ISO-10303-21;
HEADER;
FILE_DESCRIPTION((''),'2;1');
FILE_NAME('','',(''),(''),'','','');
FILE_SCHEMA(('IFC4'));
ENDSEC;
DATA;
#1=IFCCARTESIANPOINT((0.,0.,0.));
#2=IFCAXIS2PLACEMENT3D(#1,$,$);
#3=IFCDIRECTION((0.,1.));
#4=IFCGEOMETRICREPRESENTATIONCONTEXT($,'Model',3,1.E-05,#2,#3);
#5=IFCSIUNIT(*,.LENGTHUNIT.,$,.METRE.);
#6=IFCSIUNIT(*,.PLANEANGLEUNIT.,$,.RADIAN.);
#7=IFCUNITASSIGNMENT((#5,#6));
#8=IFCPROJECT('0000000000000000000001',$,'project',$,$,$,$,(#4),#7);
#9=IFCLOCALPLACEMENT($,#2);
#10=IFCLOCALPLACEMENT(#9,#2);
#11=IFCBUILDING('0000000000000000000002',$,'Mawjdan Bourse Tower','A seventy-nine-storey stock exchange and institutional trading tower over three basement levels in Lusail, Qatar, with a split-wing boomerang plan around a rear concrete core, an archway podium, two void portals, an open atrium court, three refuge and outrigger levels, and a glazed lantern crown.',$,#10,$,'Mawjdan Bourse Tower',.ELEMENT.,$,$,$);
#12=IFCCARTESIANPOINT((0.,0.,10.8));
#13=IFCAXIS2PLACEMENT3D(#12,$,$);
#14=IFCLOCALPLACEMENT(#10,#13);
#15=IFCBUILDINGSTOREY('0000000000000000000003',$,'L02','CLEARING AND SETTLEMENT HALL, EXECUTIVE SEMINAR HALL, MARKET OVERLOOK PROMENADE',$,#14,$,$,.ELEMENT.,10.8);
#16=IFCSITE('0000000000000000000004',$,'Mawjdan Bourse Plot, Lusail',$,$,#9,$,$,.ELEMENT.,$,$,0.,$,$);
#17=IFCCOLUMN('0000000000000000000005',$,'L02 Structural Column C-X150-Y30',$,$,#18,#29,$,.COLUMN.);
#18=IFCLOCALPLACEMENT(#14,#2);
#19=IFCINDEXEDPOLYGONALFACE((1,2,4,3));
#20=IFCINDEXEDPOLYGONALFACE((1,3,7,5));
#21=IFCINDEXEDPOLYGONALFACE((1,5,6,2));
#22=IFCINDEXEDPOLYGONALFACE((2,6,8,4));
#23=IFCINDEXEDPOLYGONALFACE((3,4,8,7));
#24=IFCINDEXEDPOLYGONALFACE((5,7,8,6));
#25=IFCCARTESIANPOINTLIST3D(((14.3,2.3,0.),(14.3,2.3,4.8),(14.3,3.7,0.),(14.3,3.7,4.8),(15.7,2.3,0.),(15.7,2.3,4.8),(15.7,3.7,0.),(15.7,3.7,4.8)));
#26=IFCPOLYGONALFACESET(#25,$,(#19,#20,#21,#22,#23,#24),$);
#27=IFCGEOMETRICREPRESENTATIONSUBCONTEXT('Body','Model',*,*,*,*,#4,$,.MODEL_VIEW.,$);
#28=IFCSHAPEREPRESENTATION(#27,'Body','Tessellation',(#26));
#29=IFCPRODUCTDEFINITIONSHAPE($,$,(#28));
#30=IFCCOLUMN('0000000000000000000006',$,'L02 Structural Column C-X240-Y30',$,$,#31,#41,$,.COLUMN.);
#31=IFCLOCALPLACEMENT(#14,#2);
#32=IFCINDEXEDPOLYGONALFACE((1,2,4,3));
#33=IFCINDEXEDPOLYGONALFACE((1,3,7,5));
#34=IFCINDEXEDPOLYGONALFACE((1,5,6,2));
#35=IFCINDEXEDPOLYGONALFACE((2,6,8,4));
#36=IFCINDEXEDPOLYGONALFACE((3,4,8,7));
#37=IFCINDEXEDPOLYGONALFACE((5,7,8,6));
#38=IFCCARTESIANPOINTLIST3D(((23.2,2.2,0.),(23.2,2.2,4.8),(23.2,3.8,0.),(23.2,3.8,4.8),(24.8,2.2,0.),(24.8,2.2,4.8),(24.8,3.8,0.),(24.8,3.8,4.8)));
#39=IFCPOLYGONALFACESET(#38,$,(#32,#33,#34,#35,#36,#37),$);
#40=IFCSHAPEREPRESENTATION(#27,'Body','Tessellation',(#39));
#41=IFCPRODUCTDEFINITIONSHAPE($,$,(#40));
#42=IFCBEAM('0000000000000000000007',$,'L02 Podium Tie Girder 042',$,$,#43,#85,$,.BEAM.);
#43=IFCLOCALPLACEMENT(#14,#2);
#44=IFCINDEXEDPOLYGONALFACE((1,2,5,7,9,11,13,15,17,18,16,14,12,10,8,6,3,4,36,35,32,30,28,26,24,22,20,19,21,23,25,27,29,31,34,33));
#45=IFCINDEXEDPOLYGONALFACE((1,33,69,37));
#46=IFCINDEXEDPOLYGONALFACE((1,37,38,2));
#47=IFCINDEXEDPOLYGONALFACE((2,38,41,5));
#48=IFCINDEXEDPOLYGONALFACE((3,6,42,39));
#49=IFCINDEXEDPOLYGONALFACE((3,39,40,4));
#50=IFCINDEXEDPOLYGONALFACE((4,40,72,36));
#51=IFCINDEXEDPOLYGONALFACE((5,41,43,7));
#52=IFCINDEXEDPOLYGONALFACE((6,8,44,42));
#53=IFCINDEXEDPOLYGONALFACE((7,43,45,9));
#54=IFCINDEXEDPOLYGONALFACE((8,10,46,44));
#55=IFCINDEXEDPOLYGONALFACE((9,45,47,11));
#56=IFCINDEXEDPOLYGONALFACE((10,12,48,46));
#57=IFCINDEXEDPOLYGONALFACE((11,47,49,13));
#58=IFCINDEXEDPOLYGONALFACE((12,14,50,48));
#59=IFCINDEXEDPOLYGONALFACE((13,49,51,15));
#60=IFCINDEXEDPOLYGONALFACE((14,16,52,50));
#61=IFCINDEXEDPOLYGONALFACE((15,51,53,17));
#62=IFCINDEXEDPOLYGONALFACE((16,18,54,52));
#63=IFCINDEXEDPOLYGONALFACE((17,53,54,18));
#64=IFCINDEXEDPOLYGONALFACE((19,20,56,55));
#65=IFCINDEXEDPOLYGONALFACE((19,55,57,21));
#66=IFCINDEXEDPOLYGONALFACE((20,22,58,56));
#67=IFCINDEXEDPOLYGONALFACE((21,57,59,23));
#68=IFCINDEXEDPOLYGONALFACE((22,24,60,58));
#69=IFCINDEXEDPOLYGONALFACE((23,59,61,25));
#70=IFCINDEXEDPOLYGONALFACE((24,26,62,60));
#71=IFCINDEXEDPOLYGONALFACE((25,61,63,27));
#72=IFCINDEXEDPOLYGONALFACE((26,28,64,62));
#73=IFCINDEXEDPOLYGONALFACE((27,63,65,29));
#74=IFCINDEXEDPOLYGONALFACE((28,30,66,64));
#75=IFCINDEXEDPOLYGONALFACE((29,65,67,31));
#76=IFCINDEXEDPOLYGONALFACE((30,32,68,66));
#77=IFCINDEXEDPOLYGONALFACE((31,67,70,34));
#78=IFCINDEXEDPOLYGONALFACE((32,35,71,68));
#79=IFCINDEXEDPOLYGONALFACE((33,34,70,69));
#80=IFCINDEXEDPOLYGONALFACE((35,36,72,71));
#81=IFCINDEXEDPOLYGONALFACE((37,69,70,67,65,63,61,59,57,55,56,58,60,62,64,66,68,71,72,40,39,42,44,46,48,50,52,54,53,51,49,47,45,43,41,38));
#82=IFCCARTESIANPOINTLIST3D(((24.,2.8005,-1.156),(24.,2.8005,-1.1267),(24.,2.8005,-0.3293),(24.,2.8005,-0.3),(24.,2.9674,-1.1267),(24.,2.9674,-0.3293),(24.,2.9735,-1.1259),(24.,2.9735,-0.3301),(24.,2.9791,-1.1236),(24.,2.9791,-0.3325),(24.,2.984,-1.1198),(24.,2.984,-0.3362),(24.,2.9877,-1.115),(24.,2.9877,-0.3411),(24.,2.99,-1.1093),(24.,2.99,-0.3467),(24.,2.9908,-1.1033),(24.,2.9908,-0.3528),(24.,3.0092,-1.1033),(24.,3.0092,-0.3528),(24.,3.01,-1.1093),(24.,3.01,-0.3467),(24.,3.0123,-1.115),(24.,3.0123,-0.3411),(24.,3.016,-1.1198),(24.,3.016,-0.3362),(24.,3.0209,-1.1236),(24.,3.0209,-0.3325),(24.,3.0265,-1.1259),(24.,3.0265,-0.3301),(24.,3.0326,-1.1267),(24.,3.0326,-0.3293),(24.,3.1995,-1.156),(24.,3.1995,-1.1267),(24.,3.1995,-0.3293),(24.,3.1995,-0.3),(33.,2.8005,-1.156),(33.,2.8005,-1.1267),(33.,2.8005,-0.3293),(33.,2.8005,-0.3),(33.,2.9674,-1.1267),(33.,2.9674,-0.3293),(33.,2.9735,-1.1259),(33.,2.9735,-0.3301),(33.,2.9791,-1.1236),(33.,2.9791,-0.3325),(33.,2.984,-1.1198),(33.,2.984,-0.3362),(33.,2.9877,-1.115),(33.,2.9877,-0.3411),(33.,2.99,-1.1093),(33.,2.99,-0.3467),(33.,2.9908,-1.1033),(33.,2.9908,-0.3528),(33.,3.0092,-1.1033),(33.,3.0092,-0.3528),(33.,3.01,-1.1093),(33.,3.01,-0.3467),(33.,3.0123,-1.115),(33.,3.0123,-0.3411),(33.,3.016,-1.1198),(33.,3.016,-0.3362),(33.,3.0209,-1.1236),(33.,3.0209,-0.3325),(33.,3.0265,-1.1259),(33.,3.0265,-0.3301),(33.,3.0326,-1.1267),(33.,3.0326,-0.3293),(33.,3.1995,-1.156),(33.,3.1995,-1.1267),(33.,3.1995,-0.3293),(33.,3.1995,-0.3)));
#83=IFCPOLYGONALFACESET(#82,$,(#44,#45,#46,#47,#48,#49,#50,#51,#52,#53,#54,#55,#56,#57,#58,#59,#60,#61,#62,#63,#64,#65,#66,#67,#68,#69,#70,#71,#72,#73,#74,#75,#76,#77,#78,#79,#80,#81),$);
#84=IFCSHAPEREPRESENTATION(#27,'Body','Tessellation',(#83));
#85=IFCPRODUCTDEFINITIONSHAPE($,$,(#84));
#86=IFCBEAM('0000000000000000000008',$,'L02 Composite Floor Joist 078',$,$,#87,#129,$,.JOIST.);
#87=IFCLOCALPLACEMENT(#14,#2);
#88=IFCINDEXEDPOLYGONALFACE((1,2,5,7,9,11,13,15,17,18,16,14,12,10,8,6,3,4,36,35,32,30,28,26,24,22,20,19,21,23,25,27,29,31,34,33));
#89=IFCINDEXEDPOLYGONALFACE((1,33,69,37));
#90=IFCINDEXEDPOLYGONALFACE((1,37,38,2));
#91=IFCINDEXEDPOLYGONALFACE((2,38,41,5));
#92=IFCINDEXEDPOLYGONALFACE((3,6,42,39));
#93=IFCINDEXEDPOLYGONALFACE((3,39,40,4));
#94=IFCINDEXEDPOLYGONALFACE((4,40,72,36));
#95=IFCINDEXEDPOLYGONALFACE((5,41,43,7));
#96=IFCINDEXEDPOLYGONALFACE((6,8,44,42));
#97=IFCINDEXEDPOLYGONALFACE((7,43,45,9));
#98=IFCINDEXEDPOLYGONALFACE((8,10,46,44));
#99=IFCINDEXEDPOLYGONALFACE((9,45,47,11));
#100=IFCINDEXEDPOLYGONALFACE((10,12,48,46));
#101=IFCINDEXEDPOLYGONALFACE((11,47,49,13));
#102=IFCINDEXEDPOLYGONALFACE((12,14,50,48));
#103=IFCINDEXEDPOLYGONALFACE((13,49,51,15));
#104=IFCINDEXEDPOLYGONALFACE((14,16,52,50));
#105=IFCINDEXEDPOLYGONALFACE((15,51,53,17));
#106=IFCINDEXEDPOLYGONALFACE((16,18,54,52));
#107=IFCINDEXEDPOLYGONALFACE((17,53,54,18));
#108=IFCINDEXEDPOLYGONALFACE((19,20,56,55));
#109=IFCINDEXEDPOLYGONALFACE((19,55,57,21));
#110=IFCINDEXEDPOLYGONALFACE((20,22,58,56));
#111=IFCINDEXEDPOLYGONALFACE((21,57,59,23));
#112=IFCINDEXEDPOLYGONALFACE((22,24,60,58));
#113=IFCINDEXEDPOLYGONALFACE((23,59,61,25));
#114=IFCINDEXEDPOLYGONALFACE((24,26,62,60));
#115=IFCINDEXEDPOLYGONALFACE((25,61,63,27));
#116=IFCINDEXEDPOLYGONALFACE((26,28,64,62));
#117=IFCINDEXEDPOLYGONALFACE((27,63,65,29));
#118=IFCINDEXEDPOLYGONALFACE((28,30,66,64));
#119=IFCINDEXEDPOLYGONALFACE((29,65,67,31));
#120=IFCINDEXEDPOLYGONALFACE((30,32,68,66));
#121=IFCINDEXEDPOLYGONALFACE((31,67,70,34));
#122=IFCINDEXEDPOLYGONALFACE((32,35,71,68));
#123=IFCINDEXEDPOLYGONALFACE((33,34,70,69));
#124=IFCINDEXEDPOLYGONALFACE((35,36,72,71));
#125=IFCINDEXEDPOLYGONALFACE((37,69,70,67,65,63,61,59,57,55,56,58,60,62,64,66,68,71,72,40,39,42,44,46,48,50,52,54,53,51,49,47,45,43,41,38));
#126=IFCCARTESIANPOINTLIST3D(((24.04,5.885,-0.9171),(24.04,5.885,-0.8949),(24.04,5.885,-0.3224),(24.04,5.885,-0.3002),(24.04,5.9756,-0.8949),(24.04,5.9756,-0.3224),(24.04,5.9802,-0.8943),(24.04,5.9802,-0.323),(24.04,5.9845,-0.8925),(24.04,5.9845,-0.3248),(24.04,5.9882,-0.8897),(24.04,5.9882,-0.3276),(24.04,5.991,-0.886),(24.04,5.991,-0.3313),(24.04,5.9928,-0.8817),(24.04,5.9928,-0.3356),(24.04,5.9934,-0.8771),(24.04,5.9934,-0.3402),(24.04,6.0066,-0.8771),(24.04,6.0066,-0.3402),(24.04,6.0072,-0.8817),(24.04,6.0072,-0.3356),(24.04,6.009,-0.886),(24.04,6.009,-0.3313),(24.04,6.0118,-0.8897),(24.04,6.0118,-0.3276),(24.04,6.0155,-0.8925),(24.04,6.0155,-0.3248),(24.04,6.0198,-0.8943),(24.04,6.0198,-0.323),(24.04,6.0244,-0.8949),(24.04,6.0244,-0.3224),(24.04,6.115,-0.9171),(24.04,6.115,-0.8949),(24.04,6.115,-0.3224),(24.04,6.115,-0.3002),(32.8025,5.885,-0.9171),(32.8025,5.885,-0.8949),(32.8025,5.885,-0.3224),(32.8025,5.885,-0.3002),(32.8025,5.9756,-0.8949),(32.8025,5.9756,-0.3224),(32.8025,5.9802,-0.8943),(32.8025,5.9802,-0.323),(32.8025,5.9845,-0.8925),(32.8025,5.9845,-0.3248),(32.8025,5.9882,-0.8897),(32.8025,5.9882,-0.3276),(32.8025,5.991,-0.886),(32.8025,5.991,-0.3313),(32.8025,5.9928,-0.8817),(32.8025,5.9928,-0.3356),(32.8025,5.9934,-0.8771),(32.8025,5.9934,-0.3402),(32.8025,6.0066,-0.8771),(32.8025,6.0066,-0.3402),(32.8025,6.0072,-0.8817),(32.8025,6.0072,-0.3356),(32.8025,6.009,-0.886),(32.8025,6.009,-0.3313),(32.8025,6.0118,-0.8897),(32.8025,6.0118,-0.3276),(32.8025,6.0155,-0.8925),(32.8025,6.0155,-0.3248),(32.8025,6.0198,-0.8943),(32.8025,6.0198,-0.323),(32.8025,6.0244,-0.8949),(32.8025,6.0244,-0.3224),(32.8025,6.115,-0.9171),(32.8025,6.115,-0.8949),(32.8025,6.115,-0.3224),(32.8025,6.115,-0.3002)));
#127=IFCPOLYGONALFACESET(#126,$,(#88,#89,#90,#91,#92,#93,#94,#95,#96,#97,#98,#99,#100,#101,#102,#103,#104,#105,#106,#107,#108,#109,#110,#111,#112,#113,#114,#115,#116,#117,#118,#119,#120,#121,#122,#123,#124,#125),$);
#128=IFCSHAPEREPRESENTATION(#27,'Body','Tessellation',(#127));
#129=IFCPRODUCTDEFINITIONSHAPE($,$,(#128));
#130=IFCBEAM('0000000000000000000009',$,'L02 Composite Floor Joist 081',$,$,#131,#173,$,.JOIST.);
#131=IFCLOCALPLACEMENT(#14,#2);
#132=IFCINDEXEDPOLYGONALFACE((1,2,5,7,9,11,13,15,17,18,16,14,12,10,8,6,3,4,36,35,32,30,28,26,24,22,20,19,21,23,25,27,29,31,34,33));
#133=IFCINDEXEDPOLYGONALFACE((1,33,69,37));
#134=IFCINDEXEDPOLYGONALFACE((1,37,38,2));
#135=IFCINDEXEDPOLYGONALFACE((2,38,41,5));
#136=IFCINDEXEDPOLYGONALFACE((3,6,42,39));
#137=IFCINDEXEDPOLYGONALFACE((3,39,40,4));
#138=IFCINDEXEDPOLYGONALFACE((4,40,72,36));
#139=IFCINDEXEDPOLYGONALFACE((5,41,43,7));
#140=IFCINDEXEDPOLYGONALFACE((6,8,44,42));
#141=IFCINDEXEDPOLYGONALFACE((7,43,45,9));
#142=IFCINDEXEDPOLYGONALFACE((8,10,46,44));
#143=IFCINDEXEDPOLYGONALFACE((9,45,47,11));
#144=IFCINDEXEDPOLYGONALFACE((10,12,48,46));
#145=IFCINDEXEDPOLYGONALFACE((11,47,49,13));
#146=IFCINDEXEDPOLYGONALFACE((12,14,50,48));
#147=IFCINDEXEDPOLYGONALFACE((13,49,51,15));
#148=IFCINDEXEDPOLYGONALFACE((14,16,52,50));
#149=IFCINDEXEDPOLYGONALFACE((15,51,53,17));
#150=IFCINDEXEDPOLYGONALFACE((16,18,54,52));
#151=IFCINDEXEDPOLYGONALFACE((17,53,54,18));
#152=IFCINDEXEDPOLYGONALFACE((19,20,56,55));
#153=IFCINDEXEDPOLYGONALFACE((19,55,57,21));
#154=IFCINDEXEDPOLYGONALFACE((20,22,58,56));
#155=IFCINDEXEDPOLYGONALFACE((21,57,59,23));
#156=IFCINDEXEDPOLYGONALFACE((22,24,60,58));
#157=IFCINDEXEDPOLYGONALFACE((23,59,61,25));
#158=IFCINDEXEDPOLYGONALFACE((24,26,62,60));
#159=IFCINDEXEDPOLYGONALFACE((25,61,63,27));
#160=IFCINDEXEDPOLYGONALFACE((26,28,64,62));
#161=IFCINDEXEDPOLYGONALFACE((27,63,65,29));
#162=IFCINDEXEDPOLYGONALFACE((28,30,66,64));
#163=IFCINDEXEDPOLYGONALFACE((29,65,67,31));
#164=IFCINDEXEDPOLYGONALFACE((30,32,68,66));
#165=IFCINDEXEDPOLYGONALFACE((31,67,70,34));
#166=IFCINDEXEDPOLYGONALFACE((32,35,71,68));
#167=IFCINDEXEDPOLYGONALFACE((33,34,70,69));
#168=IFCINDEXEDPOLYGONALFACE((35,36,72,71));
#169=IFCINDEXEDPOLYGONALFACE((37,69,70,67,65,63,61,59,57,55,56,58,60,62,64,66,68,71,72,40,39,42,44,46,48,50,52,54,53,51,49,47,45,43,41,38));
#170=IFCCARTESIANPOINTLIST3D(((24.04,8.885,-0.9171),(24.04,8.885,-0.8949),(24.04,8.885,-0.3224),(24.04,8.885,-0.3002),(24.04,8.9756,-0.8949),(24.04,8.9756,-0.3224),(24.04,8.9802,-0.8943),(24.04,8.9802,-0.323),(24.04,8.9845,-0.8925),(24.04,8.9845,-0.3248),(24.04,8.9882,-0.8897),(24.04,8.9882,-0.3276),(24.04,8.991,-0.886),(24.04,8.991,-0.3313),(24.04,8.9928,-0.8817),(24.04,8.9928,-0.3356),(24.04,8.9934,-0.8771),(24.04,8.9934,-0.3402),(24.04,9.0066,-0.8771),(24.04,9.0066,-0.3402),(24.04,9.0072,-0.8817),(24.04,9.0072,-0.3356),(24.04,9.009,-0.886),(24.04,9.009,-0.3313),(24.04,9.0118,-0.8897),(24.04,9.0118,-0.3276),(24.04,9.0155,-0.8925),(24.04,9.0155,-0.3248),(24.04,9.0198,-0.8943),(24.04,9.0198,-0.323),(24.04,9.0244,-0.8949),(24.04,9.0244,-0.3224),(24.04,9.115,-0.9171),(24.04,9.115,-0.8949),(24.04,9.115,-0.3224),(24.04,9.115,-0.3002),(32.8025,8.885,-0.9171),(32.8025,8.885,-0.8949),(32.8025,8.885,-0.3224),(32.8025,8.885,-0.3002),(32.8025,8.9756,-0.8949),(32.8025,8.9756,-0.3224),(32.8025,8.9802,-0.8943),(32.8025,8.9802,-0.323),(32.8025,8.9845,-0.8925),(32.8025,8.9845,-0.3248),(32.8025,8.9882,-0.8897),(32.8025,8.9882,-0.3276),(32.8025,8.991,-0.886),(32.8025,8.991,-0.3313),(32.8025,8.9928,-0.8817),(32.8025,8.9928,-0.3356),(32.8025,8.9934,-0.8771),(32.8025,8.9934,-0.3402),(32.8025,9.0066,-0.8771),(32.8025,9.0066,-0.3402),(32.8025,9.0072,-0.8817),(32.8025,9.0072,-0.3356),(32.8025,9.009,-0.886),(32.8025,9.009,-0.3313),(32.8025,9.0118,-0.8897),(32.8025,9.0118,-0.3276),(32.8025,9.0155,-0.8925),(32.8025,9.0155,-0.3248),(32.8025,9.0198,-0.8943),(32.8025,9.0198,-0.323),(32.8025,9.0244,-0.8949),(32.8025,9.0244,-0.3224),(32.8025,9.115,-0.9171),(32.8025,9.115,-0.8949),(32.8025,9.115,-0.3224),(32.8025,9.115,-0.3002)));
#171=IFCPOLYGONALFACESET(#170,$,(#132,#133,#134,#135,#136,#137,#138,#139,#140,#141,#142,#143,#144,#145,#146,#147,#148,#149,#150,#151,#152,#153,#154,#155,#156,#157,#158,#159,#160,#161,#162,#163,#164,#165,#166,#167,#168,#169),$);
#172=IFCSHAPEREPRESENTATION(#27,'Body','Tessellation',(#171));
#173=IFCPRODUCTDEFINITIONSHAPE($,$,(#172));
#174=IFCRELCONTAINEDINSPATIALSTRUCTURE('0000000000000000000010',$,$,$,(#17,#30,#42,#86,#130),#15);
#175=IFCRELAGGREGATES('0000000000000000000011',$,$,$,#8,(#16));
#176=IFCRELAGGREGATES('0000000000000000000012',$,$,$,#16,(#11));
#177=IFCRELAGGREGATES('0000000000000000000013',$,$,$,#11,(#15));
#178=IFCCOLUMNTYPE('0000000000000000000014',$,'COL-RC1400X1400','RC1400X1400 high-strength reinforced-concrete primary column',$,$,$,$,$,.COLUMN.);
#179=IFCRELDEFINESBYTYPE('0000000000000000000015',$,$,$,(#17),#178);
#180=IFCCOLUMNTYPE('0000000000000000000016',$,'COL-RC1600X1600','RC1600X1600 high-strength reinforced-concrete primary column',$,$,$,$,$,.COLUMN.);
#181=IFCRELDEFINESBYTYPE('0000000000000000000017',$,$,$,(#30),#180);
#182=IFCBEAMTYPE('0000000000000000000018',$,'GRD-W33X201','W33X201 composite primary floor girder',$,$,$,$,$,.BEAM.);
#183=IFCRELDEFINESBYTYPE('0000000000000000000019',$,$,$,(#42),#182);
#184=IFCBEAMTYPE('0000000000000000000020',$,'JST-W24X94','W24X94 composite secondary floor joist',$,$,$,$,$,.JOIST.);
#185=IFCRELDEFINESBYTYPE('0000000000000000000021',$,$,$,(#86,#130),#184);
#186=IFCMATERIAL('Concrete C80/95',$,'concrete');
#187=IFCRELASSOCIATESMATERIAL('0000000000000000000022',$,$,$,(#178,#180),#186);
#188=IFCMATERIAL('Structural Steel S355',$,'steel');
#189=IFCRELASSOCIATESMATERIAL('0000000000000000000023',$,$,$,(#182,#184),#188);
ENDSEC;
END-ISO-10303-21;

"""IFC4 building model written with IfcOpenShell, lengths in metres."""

from ifc_helpers import new_model, si_unit, direction, frame, origin, origin_2d, place, context, subcontext, project, spatial, rectangle, i_section, extrude, material, material_profile, profile_set, type_object, element, save


model = new_model("IFC4")

# Units and contexts
model_context = context("Model", 3, precision=1e-05, world=origin(), true_north=direction((0.0, 1.0)))
body_context = subcontext(model_context, "Body", "Model", "MODEL_VIEW")
ifc_project = project(units=[si_unit("LENGTHUNIT", "METRE"), si_unit("PLANEANGLEUNIT", "RADIAN")], contexts=[model_context])

# Site, building, storey
site_placement = place(None, origin())
site = spatial("IfcSite", under=ifc_project, at=site_placement, Name="Mawjdan Bourse Plot, Lusail", CompositionType="ELEMENT", RefElevation=0.0)
building_placement = place(site_placement, origin())
building = spatial("IfcBuilding", under=site, at=building_placement, Name="Mawjdan Bourse Tower", Description="A seventy-nine-storey stock exchange and institutional trading tower over three basement levels in Lusail, Qatar, with a split-wing boomerang plan around a rear concrete core, an archway podium, two void portals, an open atrium court, three refuge and outrigger levels, and a glazed lantern crown.", LongName="Mawjdan Bourse Tower", CompositionType="ELEMENT")
storey_placement = place(building_placement, frame((0.0, 0.0, 10.8)))
storey = spatial("IfcBuildingStorey", under=building, at=storey_placement, Name="L02", Description="CLEARING AND SETTLEMENT HALL, EXECUTIVE SEMINAR HALL, MARKET OVERLOOK PROMENADE", CompositionType="ELEMENT", Elevation=10.8)

# Columns
ifc_material_1 = material(Name="Concrete C80/95", Category="concrete")
ifc_material_profile_1 = material_profile(ifc_material_1, rectangle(XDim=1.3999, YDim=1.3999, at=origin_2d()), Name="RC1400X1400")
ifc_profile_set_1 = profile_set([ifc_material_profile_1], Name="Concrete C80/95")
column_type_1 = type_object("IfcColumnType", Name="COL-RC1400X1400", Description="RC1400X1400 high-strength reinforced-concrete primary column", PredefinedType="COLUMN", material=ifc_profile_set_1)
column_1_placement = place(storey_placement, frame((15.0, 3.0, 0.0), z_axis=(0.0, 0.0, 1.0), x_axis=(1.0, 0.0, 0.0)))
element("IfcColumn", 1, at=column_1_placement, inside=storey, type_object=column_type_1, Name="L02 Structural Column C-X150-Y30", PredefinedType="COLUMN", context=body_context, shape_type="SweptSolid", body=[
    extrude(rectangle(XDim=1.3999, YDim=1.3999, at=origin_2d()), origin(), (0.0, 0.0, 1.0), 4.8),
])
ifc_material_profile_2 = material_profile(ifc_material_1, rectangle(XDim=1.6001, YDim=1.6001, at=origin_2d()), Name="RC1600X1600")
ifc_profile_set_2 = profile_set([ifc_material_profile_2], Name="Concrete C80/95")
column_type_2 = type_object("IfcColumnType", Name="COL-RC1600X1600", Description="RC1600X1600 high-strength reinforced-concrete primary column", PredefinedType="COLUMN", material=ifc_profile_set_2)
column_2_placement = place(storey_placement, frame((24.0, 3.0, 0.0), z_axis=(0.0, 0.0, 1.0), x_axis=(1.0, 0.0, 0.0)))
element("IfcColumn", 2, at=column_2_placement, inside=storey, type_object=column_type_2, Name="L02 Structural Column C-X240-Y30", PredefinedType="COLUMN", context=body_context, shape_type="SweptSolid", body=[
    extrude(rectangle(XDim=1.6001, YDim=1.6001, at=origin_2d()), origin(), (0.0, 0.0, 1.0), 4.8),
])

# Beams
ifc_material_2 = material(Name="Structural Steel S355", Category="steel")
ifc_material_profile_3 = material_profile(ifc_material_2, i_section(OverallWidth=0.3989, OverallDepth=0.856, WebThickness=0.0183, FlangeThickness=0.0293, FilletRadius=0.0234, at=origin_2d()), Name="W33X201")
ifc_profile_set_3 = profile_set([ifc_material_profile_3], Name="Structural Steel S355")
beam_type_1 = type_object("IfcBeamType", Name="GRD-W33X201", Description="W33X201 composite primary floor girder", PredefinedType="BEAM", material=ifc_profile_set_3)
beam_1_placement = place(storey_placement, frame((24.0, 3.0, -0.728), z_axis=(1.0, 0.0, 0.0), x_axis=(0.0, 1.0, 0.0)))
element("IfcBeam", 3, at=beam_1_placement, inside=storey, type_object=beam_type_1, Name="L02 Podium Tie Girder 042", PredefinedType="BEAM", context=body_context, shape_type="SweptSolid", body=[
    extrude(i_section(OverallWidth=0.3989, OverallDepth=0.856, WebThickness=0.0183, FlangeThickness=0.0293, FilletRadius=0.0234, at=origin_2d()), origin(), (0.0, 0.0, 1.0), 9.0),
])
ifc_material_profile_4 = material_profile(ifc_material_2, i_section(OverallWidth=0.23, OverallDepth=0.6169, WebThickness=0.0132, FlangeThickness=0.0222, FilletRadius=0.0178, at=origin_2d()), Name="W24X94")
ifc_profile_set_4 = profile_set([ifc_material_profile_4], Name="Structural Steel S355")
beam_type_2 = type_object("IfcBeamType", Name="JST-W24X94", Description="W24X94 composite secondary floor joist", PredefinedType="JOIST", material=ifc_profile_set_4)
for number, where, z_axis, x_axis, name in (
    (4, (24.04, 6.0, -0.6086), (1.0, 0.0, 0.0), (0.0, 1.0, 0.0), "L02 Composite Floor Joist 078"),
    (5, (24.04, 9.0, -0.6086), (1.0, 0.0, 0.0), (0.0, 1.0, 0.0), "L02 Composite Floor Joist 081"),
):
    element("IfcBeam", number, at=place(storey_placement, frame(where, z_axis=z_axis, x_axis=x_axis)), inside=storey, type_object=beam_type_2, Name=name, PredefinedType="JOIST", context=body_context, shape_type="SweptSolid", body=[
        extrude(i_section(OverallWidth=0.23, OverallDepth=0.6169, WebThickness=0.0132, FlangeThickness=0.0222, FilletRadius=0.0178, at=origin_2d()), origin(), (0.0, 0.0, 1.0), 8.7625),
    ])

save(model, "model.ifc")
